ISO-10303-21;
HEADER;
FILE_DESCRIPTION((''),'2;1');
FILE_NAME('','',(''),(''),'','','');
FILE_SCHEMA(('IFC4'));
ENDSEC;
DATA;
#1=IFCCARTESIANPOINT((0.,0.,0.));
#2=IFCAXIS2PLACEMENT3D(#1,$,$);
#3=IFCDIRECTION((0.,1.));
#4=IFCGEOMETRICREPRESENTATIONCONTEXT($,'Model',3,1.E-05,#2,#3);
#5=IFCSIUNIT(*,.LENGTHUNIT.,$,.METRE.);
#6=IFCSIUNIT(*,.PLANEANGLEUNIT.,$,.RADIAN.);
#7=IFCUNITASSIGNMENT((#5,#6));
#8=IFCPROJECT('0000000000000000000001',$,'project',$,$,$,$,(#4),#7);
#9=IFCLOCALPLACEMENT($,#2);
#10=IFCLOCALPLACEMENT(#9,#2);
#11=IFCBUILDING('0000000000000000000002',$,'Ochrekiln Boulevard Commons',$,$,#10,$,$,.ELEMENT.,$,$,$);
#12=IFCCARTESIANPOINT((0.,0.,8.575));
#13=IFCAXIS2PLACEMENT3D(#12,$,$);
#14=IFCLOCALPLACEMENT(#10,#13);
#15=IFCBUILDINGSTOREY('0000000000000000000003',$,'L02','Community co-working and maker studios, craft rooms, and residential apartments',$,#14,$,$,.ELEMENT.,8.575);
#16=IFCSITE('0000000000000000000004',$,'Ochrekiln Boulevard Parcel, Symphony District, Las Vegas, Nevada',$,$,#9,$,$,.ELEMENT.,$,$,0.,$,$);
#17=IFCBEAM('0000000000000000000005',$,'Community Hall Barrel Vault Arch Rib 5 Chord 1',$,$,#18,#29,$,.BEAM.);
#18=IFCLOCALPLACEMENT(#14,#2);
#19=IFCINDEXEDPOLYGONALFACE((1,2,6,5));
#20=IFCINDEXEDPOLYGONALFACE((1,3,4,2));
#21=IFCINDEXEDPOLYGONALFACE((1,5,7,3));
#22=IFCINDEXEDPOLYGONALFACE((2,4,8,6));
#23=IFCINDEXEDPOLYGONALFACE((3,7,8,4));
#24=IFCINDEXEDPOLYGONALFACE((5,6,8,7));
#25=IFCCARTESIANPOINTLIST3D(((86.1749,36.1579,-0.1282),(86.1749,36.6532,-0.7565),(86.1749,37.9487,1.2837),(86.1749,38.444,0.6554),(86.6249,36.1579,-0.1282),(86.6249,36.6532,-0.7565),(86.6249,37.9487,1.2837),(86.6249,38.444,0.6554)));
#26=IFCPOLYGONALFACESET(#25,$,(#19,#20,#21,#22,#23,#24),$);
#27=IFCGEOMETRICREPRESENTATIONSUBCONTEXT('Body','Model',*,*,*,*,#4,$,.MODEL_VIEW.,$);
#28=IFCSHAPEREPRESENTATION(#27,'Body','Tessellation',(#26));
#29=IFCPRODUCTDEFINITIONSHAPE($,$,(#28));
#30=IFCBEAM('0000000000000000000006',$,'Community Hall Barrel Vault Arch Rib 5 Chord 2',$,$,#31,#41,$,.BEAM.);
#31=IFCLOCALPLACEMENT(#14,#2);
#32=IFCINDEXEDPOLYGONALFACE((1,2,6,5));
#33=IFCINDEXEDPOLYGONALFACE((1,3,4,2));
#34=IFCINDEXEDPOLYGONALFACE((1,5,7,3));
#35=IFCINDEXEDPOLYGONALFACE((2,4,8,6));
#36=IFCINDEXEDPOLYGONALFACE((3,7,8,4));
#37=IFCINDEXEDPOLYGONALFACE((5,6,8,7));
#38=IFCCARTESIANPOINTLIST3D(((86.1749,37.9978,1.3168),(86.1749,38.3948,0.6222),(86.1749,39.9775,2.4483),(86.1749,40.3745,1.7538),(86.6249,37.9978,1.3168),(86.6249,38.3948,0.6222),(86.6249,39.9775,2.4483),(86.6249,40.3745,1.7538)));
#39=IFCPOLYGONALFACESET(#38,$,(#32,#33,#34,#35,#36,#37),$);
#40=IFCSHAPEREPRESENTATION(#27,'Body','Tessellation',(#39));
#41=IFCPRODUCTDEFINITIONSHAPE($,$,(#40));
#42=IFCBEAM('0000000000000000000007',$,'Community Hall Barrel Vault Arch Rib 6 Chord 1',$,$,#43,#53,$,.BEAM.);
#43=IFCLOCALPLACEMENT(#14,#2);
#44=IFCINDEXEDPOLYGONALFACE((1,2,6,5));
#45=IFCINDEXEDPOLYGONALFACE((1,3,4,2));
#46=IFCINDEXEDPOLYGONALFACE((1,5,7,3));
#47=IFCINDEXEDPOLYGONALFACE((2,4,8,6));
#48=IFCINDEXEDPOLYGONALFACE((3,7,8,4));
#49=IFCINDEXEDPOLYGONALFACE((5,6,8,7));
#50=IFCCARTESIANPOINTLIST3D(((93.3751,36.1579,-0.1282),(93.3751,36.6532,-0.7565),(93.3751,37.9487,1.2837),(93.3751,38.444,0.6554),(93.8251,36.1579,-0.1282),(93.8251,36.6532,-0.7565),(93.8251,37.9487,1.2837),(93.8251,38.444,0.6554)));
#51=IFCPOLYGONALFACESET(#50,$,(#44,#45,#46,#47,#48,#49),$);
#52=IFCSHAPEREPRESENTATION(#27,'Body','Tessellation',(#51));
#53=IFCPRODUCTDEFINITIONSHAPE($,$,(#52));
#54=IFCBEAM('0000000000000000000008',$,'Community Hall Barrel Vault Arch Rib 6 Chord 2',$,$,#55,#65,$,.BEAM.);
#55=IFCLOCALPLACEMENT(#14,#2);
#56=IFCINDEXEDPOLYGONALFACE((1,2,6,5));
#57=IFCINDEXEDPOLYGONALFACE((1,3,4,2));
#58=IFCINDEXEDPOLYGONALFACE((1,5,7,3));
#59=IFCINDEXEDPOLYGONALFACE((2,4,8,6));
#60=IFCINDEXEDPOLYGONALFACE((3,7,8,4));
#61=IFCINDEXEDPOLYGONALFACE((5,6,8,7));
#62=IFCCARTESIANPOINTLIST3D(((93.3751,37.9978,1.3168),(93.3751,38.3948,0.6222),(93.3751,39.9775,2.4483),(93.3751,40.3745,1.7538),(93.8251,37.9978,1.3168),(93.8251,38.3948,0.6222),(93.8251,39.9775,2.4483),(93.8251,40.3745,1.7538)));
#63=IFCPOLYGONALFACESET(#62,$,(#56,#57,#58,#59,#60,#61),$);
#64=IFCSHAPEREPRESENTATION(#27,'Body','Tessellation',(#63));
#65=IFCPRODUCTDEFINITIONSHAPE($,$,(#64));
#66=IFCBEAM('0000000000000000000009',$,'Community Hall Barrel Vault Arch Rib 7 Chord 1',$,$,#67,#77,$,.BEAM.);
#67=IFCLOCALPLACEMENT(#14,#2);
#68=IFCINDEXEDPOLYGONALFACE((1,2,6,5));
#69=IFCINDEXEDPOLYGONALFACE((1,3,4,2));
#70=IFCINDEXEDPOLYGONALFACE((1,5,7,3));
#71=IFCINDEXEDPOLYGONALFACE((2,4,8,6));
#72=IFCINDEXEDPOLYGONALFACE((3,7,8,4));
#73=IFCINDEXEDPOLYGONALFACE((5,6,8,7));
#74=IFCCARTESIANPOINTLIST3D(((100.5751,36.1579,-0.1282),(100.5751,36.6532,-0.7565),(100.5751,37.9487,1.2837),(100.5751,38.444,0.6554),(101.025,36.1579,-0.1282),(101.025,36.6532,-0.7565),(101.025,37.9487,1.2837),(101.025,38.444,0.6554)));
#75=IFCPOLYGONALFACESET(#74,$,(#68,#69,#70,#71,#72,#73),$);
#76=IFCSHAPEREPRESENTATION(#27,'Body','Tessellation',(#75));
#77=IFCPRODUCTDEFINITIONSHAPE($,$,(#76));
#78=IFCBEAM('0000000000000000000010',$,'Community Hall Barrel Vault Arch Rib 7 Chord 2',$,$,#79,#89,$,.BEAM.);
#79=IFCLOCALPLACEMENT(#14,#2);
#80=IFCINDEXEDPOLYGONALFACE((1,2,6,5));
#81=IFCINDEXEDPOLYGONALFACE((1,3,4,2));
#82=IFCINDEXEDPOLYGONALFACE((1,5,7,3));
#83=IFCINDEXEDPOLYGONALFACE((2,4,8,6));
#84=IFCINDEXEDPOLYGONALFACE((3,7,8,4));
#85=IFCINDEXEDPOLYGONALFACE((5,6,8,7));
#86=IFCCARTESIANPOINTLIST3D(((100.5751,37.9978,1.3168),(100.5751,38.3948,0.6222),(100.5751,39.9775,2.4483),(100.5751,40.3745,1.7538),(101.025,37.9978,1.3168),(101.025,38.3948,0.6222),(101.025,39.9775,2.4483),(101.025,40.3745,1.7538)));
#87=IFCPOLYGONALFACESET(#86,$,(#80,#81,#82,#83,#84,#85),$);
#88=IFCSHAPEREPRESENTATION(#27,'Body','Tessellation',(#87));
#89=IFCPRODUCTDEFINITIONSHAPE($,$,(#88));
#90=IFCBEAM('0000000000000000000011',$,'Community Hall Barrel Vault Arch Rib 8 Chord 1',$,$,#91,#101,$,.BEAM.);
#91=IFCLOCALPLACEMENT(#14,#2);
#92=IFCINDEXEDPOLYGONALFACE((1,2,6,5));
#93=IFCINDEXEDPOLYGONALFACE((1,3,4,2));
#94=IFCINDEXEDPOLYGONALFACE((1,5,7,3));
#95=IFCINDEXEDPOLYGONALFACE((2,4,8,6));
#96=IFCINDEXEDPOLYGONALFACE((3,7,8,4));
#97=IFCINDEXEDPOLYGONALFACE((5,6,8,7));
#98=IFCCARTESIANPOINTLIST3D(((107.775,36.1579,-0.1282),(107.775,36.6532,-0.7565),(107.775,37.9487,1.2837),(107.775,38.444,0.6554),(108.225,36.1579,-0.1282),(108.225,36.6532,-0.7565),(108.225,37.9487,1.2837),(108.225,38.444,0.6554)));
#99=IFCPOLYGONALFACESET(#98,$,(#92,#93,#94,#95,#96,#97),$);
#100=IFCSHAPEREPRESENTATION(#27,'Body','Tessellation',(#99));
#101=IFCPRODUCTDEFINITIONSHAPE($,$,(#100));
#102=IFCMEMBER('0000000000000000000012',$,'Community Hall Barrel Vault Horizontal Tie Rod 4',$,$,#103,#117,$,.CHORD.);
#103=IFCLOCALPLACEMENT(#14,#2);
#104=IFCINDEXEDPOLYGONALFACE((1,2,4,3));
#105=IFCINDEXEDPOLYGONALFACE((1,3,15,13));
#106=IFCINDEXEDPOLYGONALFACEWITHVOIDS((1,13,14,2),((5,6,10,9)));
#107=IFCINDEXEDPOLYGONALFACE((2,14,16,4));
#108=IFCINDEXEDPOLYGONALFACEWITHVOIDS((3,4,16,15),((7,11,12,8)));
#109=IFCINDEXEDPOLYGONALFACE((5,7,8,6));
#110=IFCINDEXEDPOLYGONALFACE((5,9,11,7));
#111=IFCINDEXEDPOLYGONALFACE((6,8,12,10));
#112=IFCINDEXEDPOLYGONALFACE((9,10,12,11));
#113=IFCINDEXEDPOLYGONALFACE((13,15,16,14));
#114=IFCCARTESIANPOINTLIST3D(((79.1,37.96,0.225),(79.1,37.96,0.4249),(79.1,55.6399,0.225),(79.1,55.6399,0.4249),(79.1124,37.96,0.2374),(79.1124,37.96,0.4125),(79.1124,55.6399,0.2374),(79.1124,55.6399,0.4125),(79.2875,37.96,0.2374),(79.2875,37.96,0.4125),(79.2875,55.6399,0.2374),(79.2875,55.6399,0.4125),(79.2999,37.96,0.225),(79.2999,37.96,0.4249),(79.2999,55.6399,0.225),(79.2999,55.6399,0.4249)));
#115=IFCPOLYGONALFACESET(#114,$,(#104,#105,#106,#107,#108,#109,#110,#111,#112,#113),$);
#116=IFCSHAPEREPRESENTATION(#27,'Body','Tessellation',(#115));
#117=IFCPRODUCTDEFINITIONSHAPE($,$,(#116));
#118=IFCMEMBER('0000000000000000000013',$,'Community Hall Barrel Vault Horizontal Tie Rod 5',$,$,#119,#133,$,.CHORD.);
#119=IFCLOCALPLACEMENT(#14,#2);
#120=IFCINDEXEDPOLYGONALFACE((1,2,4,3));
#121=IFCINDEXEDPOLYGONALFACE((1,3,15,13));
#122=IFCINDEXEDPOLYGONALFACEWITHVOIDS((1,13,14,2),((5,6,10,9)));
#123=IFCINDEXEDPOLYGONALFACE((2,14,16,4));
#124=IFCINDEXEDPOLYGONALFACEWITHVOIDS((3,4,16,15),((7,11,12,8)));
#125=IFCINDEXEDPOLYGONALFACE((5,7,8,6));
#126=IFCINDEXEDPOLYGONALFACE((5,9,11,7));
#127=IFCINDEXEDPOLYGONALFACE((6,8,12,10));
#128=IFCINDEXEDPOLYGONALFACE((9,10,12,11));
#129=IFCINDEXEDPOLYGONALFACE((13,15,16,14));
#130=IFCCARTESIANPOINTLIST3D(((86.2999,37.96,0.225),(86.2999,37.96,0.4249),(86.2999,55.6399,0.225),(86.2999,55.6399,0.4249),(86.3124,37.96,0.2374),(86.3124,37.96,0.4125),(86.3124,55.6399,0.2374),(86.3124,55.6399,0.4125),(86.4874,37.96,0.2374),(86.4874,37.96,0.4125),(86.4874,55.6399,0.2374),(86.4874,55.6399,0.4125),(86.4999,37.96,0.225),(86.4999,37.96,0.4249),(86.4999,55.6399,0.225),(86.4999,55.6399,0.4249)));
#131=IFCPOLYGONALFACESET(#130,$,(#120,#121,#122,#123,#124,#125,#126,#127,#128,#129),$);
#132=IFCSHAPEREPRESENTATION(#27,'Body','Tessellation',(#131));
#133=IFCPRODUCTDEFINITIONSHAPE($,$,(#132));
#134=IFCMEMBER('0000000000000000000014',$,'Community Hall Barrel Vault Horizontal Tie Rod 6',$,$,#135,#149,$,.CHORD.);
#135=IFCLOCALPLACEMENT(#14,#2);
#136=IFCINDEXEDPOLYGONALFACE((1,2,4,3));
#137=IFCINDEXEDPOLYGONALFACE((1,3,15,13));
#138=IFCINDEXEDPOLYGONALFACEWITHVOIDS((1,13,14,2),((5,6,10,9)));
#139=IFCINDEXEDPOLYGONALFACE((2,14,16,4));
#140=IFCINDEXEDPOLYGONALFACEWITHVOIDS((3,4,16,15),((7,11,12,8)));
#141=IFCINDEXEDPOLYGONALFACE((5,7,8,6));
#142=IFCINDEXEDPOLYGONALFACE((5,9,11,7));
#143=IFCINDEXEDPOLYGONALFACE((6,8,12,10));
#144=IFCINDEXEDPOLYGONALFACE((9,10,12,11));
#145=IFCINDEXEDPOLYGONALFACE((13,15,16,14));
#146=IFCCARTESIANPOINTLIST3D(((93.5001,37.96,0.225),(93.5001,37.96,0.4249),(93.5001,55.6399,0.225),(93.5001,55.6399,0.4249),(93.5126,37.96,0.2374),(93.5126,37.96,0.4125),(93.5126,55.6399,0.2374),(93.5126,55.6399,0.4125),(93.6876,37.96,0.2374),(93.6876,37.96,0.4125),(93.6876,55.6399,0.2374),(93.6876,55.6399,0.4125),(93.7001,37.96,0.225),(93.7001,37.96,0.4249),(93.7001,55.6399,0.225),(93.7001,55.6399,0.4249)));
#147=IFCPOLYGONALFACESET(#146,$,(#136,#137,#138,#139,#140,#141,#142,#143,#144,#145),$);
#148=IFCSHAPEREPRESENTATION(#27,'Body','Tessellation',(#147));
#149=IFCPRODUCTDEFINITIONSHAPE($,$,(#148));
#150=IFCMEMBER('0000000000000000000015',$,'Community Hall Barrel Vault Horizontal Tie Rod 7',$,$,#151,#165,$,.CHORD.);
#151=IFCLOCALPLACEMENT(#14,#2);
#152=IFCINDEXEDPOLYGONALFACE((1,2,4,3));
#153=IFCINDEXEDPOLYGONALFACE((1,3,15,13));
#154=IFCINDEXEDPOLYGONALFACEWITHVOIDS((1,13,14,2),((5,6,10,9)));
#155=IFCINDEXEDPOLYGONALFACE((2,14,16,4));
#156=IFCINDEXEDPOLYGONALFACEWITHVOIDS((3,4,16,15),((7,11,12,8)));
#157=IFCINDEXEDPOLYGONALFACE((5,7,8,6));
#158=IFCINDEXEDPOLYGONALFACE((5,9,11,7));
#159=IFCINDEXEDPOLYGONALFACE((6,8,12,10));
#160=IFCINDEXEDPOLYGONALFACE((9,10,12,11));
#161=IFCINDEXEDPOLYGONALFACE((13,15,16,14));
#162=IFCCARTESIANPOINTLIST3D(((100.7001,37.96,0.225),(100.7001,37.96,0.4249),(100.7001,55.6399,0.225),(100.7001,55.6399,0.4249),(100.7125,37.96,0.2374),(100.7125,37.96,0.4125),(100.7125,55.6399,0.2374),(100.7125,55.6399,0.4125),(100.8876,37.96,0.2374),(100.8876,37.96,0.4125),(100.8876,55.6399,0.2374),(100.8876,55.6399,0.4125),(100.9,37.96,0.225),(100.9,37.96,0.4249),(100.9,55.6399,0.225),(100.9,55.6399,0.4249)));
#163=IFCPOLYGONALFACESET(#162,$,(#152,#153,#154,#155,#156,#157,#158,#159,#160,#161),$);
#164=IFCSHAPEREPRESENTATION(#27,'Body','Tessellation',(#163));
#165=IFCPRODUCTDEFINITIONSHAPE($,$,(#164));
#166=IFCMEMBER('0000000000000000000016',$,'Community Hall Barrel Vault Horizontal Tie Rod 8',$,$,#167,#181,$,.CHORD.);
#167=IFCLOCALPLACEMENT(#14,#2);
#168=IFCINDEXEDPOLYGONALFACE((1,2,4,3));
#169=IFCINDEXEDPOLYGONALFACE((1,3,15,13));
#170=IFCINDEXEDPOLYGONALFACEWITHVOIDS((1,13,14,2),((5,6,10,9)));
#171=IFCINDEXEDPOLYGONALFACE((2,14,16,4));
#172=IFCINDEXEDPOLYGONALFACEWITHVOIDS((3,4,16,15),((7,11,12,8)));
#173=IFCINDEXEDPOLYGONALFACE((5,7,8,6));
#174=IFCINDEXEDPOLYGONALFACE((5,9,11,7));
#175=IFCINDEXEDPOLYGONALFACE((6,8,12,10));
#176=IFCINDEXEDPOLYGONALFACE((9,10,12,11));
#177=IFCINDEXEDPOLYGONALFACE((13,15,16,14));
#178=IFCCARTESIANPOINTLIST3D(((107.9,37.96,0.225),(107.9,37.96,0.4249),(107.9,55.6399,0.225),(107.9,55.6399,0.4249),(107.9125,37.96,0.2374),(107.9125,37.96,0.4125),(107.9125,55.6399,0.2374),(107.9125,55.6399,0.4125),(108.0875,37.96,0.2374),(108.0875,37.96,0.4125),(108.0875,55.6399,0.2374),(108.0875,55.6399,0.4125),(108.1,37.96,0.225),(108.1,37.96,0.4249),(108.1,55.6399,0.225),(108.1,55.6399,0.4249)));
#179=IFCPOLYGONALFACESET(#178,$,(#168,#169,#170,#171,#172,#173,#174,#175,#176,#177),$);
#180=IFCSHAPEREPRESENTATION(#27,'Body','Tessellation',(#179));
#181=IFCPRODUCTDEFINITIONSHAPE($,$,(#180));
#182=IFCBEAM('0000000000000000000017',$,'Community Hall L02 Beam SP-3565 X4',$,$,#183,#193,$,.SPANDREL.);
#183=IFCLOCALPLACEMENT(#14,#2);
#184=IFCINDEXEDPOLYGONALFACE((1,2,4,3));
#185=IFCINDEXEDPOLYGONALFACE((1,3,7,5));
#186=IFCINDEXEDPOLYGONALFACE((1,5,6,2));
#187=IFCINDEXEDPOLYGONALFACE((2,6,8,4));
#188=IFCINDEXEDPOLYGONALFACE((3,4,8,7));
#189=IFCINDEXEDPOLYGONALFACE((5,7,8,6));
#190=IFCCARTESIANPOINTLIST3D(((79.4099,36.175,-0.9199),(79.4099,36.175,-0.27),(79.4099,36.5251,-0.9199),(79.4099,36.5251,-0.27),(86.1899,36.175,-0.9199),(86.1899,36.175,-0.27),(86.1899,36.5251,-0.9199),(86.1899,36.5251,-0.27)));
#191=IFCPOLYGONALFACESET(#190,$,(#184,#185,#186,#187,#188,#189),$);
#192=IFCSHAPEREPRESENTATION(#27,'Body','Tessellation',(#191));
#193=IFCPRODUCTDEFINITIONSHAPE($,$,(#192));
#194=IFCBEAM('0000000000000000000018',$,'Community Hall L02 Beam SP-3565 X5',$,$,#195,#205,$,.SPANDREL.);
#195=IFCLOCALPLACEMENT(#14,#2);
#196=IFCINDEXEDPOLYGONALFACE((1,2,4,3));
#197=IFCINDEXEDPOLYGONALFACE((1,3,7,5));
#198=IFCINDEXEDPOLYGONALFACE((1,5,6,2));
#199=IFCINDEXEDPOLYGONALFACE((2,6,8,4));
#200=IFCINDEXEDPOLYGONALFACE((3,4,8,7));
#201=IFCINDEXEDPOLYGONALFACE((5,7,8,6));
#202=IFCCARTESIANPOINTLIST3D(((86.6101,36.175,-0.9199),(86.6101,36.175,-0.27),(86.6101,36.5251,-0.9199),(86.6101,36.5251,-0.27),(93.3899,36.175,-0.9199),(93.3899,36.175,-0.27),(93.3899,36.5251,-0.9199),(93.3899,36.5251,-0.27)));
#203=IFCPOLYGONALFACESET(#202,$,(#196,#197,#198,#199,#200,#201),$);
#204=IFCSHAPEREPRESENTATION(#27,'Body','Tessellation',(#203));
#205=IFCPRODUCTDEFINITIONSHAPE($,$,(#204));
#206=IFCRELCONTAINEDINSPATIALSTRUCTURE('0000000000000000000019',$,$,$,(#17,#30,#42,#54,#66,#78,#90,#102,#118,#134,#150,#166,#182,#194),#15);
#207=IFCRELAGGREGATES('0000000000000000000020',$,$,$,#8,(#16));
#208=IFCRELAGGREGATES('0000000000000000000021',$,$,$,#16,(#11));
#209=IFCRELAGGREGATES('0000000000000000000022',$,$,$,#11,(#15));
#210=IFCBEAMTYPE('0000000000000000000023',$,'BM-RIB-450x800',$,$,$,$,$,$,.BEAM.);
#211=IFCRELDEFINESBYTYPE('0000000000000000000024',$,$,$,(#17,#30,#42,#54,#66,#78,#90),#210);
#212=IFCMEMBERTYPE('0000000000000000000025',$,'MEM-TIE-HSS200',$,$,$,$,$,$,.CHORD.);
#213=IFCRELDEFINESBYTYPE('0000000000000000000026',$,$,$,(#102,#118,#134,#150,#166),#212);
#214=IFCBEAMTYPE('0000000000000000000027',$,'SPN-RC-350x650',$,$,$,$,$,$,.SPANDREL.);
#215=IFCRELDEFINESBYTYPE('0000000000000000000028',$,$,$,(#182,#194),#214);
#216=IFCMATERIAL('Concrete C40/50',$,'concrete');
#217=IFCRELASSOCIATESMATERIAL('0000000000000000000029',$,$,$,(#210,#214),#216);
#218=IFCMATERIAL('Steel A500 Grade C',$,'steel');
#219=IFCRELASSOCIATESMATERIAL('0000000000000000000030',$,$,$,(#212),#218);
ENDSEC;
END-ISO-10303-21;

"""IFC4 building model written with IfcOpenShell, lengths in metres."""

from ifc_helpers import new_model, si_unit, direction, frame, origin, origin_2d, place, context, subcontext, project, spatial, rectangle, hollow_rectangle, extrude, material, material_profile, profile_set, type_object, element, save


model = new_model("IFC4")

# Units and contexts
model_context = context("Model", 3, precision=1e-05, world=origin(), true_north=direction((0.0, 1.0)))
body_context = subcontext(model_context, "Body", "Model", "MODEL_VIEW")
ifc_project = project(units=[si_unit("LENGTHUNIT", "METRE"), si_unit("PLANEANGLEUNIT", "RADIAN")], contexts=[model_context])

# Site, building, storey
site_placement = place(None, origin())
site = spatial("IfcSite", under=ifc_project, at=site_placement, Name="Ochrekiln Boulevard Parcel, Symphony District, Las Vegas, Nevada", CompositionType="ELEMENT", RefElevation=0.0)
building_placement = place(site_placement, origin())
building = spatial("IfcBuilding", under=site, at=building_placement, Name="Ochrekiln Boulevard Commons", CompositionType="ELEMENT")
storey_placement = place(building_placement, frame((0.0, 0.0, 8.575)))
storey = spatial("IfcBuildingStorey", under=building, at=storey_placement, Name="L02", Description="Community co-working and maker studios, craft rooms, and residential apartments", CompositionType="ELEMENT", Elevation=8.575)

# Beams
ifc_material_1 = material(Name="Concrete C40/50", Category="concrete")
ifc_material_profile_1 = material_profile(ifc_material_1, rectangle(XDim=0.45, YDim=0.8, at=origin_2d()), Name="RC-RIB-450x800")
ifc_profile_set_1 = profile_set([ifc_material_profile_1], Name="Concrete C40/50")
beam_type_1 = type_object("IfcBeamType", Name="BM-RIB-450x800", PredefinedType="BEAM", material=ifc_profile_set_1)
beam_1_placement = place(storey_placement, frame((86.3999, 36.4055, -0.4424), z_axis=(0.0, 0.785288, 0.61913), x_axis=(-1.0, 0.0, 0.0)))
element("IfcBeam", 1, at=beam_1_placement, inside=storey, type_object=beam_type_1, Name="Community Hall Barrel Vault Arch Rib 5 Chord 1", PredefinedType="BEAM", context=body_context, shape_type="SweptSolid", body=[
    extrude(rectangle(XDim=0.45, YDim=0.8, at=origin_2d()), origin(), (0.0, 0.0, 1.0), 2.2805),
])
beam_2_placement = place(storey_placement, frame((86.3999, 38.1963, 0.9695), z_axis=(0.0, 0.868184, 0.496243), x_axis=(-1.0, 0.0, 0.0)))
element("IfcBeam", 2, at=beam_2_placement, inside=storey, type_object=beam_type_1, Name="Community Hall Barrel Vault Arch Rib 5 Chord 2", PredefinedType="BEAM", context=body_context, shape_type="SweptSolid", body=[
    extrude(rectangle(XDim=0.45, YDim=0.8, at=origin_2d()), origin(), (0.0, 0.0, 1.0), 2.2803),
])
beam_3_placement = place(storey_placement, frame((93.6001, 36.4055, -0.4424), z_axis=(0.0, 0.785288, 0.61913), x_axis=(-1.0, 0.0, 0.0)))
element("IfcBeam", 3, at=beam_3_placement, inside=storey, type_object=beam_type_1, Name="Community Hall Barrel Vault Arch Rib 6 Chord 1", PredefinedType="BEAM", context=body_context, shape_type="SweptSolid", body=[
    extrude(rectangle(XDim=0.45, YDim=0.8, at=origin_2d()), origin(), (0.0, 0.0, 1.0), 2.2805),
])
beam_4_placement = place(storey_placement, frame((93.6001, 38.1963, 0.9695), z_axis=(0.0, 0.868184, 0.496243), x_axis=(-1.0, 0.0, 0.0)))
element("IfcBeam", 4, at=beam_4_placement, inside=storey, type_object=beam_type_1, Name="Community Hall Barrel Vault Arch Rib 6 Chord 2", PredefinedType="BEAM", context=body_context, shape_type="SweptSolid", body=[
    extrude(rectangle(XDim=0.45, YDim=0.8, at=origin_2d()), origin(), (0.0, 0.0, 1.0), 2.2803),
])
beam_5_placement = place(storey_placement, frame((100.8, 36.4055, -0.4424), z_axis=(0.0, 0.785288, 0.61913), x_axis=(-1.0, 0.0, 0.0)))
element("IfcBeam", 5, at=beam_5_placement, inside=storey, type_object=beam_type_1, Name="Community Hall Barrel Vault Arch Rib 7 Chord 1", PredefinedType="BEAM", context=body_context, shape_type="SweptSolid", body=[
    extrude(rectangle(XDim=0.45, YDim=0.8, at=origin_2d()), origin(), (0.0, 0.0, 1.0), 2.2805),
])
beam_6_placement = place(storey_placement, frame((100.8, 38.1963, 0.9695), z_axis=(0.0, 0.868184, 0.496243), x_axis=(-1.0, 0.0, 0.0)))
element("IfcBeam", 6, at=beam_6_placement, inside=storey, type_object=beam_type_1, Name="Community Hall Barrel Vault Arch Rib 7 Chord 2", PredefinedType="BEAM", context=body_context, shape_type="SweptSolid", body=[
    extrude(rectangle(XDim=0.45, YDim=0.8, at=origin_2d()), origin(), (0.0, 0.0, 1.0), 2.2803),
])
beam_7_placement = place(storey_placement, frame((108.0, 36.4055, -0.4424), z_axis=(0.0, 0.785288, 0.61913), x_axis=(-1.0, 0.0, 0.0)))
element("IfcBeam", 7, at=beam_7_placement, inside=storey, type_object=beam_type_1, Name="Community Hall Barrel Vault Arch Rib 8 Chord 1", PredefinedType="BEAM", context=body_context, shape_type="SweptSolid", body=[
    extrude(rectangle(XDim=0.45, YDim=0.8, at=origin_2d()), origin(), (0.0, 0.0, 1.0), 2.2805),
])

# Members
ifc_material_2 = material(Name="Steel A500 Grade C", Category="steel")
ifc_material_profile_2 = material_profile(ifc_material_2, hollow_rectangle(XDim=0.2, YDim=0.2, WallThickness=0.0125, at=origin_2d()), Name="HSS200X200X12.5")
ifc_profile_set_2 = profile_set([ifc_material_profile_2], Name="Steel A500 Grade C")
member_type = type_object("IfcMemberType", Name="MEM-TIE-HSS200", PredefinedType="CHORD", material=ifc_profile_set_2)
for number, where, z_axis, x_axis, name in (
    (8, (79.2, 37.96, 0.325), (0.0, 1.0, 0.0), (-1.0, 0.0, 0.0), "Community Hall Barrel Vault Horizontal Tie Rod 4"),
    (9, (86.3999, 37.96, 0.325), (0.0, 1.0, 0.0), (-1.0, 0.0, 0.0), "Community Hall Barrel Vault Horizontal Tie Rod 5"),
    (10, (93.6001, 37.96, 0.325), (0.0, 1.0, 0.0), (-1.0, 0.0, 0.0), "Community Hall Barrel Vault Horizontal Tie Rod 6"),
    (11, (100.8, 37.96, 0.325), (0.0, 1.0, 0.0), (-1.0, 0.0, 0.0), "Community Hall Barrel Vault Horizontal Tie Rod 7"),
    (12, (108.0, 37.96, 0.325), (0.0, 1.0, 0.0), (-1.0, 0.0, 0.0), "Community Hall Barrel Vault Horizontal Tie Rod 8"),
):
    element("IfcMember", number, at=place(storey_placement, frame(where, z_axis=z_axis, x_axis=x_axis)), inside=storey, type_object=member_type, Name=name, PredefinedType="CHORD", context=body_context, shape_type="SweptSolid", body=[
        extrude(hollow_rectangle(XDim=0.2, YDim=0.2, WallThickness=0.0125, at=origin_2d()), origin(), (0.0, 0.0, 1.0), 17.6799),
    ])

# Beams
ifc_material_profile_3 = material_profile(ifc_material_1, rectangle(XDim=0.3501, YDim=0.6499, at=origin_2d()), Name="RC-SPN-350x650")
ifc_profile_set_3 = profile_set([ifc_material_profile_3], Name="Concrete C40/50")
beam_type_2 = type_object("IfcBeamType", Name="SPN-RC-350x650", PredefinedType="SPANDREL", material=ifc_profile_set_3)
beam_8_placement = place(storey_placement, frame((79.4099, 36.3501, -0.595), z_axis=(1.0, 0.0, 0.0), x_axis=(0.0, 1.0, 0.0)))
element("IfcBeam", 13, at=beam_8_placement, inside=storey, type_object=beam_type_2, Name="Community Hall L02 Beam SP-3565 X4", PredefinedType="SPANDREL", context=body_context, shape_type="SweptSolid", body=[
    extrude(rectangle(XDim=0.3501, YDim=0.6499, at=origin_2d()), origin(), (0.0, 0.0, 1.0), 6.78),
])
beam_9_placement = place(storey_placement, frame((86.6101, 36.3501, -0.595), z_axis=(1.0, 0.0, 0.0), x_axis=(0.0, 1.0, 0.0)))
element("IfcBeam", 14, at=beam_9_placement, inside=storey, type_object=beam_type_2, Name="Community Hall L02 Beam SP-3565 X5", PredefinedType="SPANDREL", context=body_context, shape_type="SweptSolid", body=[
    extrude(rectangle(XDim=0.3501, YDim=0.6499, at=origin_2d()), origin(), (0.0, 0.0, 1.0), 6.7798),
])

save(model, "model.ifc")
